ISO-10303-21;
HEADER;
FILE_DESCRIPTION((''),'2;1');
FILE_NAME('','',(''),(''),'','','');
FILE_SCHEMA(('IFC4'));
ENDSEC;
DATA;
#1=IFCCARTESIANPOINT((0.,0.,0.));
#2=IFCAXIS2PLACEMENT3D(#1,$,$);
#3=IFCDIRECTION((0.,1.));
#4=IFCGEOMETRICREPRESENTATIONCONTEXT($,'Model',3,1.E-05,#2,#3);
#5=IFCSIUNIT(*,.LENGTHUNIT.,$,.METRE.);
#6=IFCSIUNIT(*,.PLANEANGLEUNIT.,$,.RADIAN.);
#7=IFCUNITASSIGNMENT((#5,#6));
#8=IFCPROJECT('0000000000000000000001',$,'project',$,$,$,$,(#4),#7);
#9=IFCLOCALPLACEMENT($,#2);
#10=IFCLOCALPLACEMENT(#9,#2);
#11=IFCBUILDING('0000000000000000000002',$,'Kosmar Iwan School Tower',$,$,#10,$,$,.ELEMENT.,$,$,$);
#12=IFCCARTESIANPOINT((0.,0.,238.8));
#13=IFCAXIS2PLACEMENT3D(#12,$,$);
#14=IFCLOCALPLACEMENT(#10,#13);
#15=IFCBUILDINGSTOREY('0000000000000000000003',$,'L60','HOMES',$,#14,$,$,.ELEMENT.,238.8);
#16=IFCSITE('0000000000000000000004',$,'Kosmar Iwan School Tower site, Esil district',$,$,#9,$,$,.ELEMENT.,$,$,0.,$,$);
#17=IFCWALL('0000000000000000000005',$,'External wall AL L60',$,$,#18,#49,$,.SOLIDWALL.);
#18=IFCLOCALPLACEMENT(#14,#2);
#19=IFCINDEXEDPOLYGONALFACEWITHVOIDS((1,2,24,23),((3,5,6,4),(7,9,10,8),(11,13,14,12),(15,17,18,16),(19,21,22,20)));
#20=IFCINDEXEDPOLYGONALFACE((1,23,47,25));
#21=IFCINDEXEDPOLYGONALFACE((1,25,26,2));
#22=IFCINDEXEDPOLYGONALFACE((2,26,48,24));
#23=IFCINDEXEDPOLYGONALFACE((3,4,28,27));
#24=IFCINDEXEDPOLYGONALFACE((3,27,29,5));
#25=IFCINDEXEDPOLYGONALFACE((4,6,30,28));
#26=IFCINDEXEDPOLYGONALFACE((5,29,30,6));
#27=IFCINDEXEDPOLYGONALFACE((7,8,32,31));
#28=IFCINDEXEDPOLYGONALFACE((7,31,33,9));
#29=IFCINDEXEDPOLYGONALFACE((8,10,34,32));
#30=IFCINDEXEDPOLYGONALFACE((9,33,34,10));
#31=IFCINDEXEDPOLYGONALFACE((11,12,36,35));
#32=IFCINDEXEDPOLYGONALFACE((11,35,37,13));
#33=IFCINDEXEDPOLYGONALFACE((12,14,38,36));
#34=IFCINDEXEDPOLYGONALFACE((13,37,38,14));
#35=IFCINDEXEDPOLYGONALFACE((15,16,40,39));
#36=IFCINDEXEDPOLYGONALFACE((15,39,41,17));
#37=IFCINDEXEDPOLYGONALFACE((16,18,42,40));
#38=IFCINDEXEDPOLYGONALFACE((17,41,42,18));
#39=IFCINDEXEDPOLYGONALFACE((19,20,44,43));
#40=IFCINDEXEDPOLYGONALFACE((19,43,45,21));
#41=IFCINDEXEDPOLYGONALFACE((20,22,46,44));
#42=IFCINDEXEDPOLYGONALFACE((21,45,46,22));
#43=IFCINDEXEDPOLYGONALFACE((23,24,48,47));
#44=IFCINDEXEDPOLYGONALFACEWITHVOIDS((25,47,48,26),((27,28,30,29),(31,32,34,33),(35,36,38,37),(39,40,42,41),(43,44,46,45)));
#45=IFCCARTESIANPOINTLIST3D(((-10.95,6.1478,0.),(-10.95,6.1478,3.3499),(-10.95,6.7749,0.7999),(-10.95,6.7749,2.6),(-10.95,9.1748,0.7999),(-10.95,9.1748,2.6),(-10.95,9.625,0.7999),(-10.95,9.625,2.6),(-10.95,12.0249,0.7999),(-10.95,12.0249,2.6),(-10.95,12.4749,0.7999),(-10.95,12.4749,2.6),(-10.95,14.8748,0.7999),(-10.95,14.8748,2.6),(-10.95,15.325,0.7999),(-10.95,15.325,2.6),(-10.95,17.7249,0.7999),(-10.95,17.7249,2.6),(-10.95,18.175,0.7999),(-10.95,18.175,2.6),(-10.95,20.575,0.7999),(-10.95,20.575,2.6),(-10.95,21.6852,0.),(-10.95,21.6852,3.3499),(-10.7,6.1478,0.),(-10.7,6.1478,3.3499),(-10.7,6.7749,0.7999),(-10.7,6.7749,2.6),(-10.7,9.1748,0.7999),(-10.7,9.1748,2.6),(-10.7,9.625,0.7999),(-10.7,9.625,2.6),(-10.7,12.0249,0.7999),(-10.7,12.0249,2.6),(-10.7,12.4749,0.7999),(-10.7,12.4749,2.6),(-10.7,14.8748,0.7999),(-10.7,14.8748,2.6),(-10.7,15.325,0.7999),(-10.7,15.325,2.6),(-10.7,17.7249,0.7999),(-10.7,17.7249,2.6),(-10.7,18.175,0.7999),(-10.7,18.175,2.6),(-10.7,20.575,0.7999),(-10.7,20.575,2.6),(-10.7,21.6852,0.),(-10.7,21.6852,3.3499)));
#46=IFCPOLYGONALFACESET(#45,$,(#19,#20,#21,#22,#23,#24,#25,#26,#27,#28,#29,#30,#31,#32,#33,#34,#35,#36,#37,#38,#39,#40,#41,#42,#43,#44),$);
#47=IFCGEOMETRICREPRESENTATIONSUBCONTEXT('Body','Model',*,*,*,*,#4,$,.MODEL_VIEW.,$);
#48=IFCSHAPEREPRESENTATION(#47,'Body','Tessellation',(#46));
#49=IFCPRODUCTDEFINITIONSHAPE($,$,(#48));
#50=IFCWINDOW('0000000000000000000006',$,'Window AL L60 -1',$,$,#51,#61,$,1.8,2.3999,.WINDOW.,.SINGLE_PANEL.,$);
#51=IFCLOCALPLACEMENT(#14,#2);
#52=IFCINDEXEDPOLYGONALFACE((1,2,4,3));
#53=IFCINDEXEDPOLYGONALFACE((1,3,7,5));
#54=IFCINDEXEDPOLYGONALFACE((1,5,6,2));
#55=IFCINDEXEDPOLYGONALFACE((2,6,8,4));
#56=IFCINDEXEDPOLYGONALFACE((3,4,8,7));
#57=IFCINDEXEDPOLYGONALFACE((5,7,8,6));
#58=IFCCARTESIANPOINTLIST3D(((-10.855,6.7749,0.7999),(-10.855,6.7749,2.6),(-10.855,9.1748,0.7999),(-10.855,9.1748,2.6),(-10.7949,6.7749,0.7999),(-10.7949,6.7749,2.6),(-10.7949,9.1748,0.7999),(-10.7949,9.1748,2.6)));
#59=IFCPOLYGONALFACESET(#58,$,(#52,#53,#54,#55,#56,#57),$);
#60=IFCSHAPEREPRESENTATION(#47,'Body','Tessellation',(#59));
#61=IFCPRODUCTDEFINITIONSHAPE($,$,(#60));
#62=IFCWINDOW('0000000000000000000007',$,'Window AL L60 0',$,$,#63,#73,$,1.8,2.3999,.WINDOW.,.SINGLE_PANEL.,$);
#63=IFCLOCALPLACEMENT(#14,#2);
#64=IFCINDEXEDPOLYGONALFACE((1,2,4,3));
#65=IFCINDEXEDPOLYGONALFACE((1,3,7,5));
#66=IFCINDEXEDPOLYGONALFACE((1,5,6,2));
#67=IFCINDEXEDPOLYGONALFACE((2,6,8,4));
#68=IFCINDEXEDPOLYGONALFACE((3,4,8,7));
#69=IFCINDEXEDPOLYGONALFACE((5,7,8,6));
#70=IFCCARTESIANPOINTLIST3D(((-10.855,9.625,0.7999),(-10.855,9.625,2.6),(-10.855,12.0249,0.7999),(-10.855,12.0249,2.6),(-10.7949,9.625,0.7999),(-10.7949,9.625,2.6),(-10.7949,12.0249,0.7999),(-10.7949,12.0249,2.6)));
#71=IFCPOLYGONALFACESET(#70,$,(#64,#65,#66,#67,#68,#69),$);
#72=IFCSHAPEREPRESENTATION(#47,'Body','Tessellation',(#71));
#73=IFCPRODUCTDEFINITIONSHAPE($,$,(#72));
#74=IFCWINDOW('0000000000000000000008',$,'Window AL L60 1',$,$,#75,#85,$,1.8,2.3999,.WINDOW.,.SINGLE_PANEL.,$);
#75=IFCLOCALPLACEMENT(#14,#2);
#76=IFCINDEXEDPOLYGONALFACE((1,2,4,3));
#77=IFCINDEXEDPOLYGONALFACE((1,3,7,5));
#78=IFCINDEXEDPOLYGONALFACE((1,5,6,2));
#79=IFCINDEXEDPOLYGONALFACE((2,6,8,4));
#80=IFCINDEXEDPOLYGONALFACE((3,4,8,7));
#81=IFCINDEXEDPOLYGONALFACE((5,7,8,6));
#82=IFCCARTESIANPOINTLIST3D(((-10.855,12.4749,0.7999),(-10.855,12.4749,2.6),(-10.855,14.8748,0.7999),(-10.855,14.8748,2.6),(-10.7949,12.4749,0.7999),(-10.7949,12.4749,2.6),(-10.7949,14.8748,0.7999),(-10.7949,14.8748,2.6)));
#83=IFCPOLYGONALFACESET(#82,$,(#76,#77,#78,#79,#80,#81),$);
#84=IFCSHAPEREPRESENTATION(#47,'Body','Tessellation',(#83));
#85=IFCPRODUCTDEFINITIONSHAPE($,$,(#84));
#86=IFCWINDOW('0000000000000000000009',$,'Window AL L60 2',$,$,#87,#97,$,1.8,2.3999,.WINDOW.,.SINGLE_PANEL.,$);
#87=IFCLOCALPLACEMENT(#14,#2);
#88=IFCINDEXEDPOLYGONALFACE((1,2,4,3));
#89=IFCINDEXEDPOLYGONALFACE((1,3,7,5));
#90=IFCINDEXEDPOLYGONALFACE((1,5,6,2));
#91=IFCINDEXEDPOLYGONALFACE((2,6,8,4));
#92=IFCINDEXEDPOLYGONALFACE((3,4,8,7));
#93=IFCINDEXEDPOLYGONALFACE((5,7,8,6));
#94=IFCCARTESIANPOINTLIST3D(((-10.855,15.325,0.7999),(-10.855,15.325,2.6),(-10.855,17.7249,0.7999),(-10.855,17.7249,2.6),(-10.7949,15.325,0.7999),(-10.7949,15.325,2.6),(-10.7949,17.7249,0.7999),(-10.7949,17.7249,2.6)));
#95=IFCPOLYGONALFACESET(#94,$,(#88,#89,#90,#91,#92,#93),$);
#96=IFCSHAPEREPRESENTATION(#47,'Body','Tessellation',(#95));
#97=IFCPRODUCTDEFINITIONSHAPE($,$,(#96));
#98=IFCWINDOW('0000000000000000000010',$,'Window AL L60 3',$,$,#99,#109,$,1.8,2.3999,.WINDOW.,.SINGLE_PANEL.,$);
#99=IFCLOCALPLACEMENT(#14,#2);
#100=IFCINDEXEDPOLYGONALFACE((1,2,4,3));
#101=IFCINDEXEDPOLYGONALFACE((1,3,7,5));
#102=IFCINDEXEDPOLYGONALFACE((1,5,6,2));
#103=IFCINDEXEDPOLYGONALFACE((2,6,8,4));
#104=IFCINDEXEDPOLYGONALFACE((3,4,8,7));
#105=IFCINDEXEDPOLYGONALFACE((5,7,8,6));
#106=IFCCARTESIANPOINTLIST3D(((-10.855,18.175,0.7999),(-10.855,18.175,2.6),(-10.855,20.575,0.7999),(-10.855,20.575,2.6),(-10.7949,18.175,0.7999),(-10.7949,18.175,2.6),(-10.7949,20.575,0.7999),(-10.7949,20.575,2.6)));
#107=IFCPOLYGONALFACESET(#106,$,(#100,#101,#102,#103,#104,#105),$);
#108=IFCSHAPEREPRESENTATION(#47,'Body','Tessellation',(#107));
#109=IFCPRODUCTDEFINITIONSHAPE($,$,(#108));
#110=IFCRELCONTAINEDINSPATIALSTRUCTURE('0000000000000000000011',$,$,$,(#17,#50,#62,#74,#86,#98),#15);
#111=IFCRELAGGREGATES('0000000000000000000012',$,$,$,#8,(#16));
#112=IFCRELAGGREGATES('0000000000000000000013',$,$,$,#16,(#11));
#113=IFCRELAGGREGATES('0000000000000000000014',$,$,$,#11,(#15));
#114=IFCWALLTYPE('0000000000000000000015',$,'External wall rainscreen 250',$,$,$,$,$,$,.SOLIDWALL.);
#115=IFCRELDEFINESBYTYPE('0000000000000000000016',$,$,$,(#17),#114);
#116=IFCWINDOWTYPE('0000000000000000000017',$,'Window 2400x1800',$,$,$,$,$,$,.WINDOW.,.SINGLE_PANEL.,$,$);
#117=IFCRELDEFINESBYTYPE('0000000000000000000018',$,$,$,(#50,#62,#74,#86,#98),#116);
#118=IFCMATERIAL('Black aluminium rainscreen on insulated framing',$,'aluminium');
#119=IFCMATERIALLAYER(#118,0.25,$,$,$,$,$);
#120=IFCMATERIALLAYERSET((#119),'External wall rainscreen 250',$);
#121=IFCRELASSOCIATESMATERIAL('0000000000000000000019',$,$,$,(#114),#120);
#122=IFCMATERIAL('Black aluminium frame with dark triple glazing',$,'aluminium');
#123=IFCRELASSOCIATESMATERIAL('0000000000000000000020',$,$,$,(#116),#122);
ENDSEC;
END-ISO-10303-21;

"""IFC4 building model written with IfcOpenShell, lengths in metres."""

from ifc_helpers import new_model, si_unit, direction, frame, frame_2d, origin, place, context, subcontext, project, spatial, rectangle, extrude, material, layer, layer_set, type_object, element, fill, save


model = new_model("IFC4")

# Units and contexts
model_context = context("Model", 3, precision=1e-05, world=origin(), true_north=direction((0.0, 1.0)))
body_context = subcontext(model_context, "Body", "Model", "MODEL_VIEW")
ifc_project = project(units=[si_unit("LENGTHUNIT", "METRE"), si_unit("PLANEANGLEUNIT", "RADIAN")], contexts=[model_context])

# Site, building, storey
site_placement = place(None, origin())
site = spatial("IfcSite", under=ifc_project, at=site_placement, Name="Kosmar Iwan School Tower site, Esil district", CompositionType="ELEMENT", RefElevation=0.0)
building_placement = place(site_placement, origin())
building = spatial("IfcBuilding", under=site, at=building_placement, Name="Kosmar Iwan School Tower", CompositionType="ELEMENT")
storey_placement = place(building_placement, frame((0.0, 0.0, 238.8)))
storey = spatial("IfcBuildingStorey", under=building, at=storey_placement, Name="L60", Description="HOMES", CompositionType="ELEMENT", Elevation=238.8)

# Wall, openings, windows
ifc_material_1 = material(Name="Black aluminium rainscreen on insulated framing", Category="aluminium")
ifc_layer_1 = layer(ifc_material_1, 0.25)
ifc_layer_set_1 = layer_set([ifc_layer_1], Name="External wall rainscreen 250")
wall_type_1 = type_object("IfcWallType", Name="External wall rainscreen 250", PredefinedType="SOLIDWALL", material=ifc_layer_set_1)
wall_1_placement = place(storey_placement, frame((-10.825, 6.1479, 0.0), z_axis=(0.0, 0.0, 1.0), x_axis=(0.0, 1.0, 0.0)))
wall_1 = element("IfcWall", 1, at=wall_1_placement, inside=storey, type_object=wall_type_1, Name="External wall AL L60", PredefinedType="SOLIDWALL", context=body_context, shape_type="SweptSolid", body=[
    extrude(rectangle(XDim=15.5374, YDim=0.25, at=frame_2d((7.7686, 0.0))), origin(), (0.0, 0.0, 1.0), 3.3499),
])
opening_1_placement = place(wall_1_placement, frame((0.627, 0.0, 0.8)))
opening_1 = element("IfcOpeningElement", 2, at=opening_1_placement, cuts=wall_1, PredefinedType="OPENING", context=body_context, shape_type="SweptSolid", body=[
    extrude(rectangle(XDim=2.3999, YDim=1.8, at=frame_2d((1.2, 0.8999))), frame((0.0, 0.137, 0.0), z_axis=(0.0, -1.0, 0.0), x_axis=(1.0, 0.0, 0.0)), (0.0, 0.0, 1.0), 0.2739),
])
opening_2_placement = place(wall_1_placement, frame((3.4771, 0.0, 0.8)))
opening_2 = element("IfcOpeningElement", 3, at=opening_2_placement, cuts=wall_1, PredefinedType="OPENING", context=body_context, shape_type="SweptSolid", body=[
    extrude(rectangle(XDim=2.3999, YDim=1.8, at=frame_2d((1.2, 0.8999))), frame((0.0, 0.137, 0.0), z_axis=(0.0, -1.0, 0.0), x_axis=(1.0, 0.0, 0.0)), (0.0, 0.0, 1.0), 0.2739),
])
opening_3_placement = place(wall_1_placement, frame((6.3269, 0.0, 0.8)))
opening_3 = element("IfcOpeningElement", 4, at=opening_3_placement, cuts=wall_1, PredefinedType="OPENING", context=body_context, shape_type="SweptSolid", body=[
    extrude(rectangle(XDim=2.3999, YDim=1.8, at=frame_2d((1.2, 0.8999))), frame((0.0, 0.137, 0.0), z_axis=(0.0, -1.0, 0.0), x_axis=(1.0, 0.0, 0.0)), (0.0, 0.0, 1.0), 0.2739),
])
opening_4_placement = place(wall_1_placement, frame((9.177, 0.0, 0.8)))
opening_4 = element("IfcOpeningElement", 5, at=opening_4_placement, cuts=wall_1, PredefinedType="OPENING", context=body_context, shape_type="SweptSolid", body=[
    extrude(rectangle(XDim=2.3999, YDim=1.8, at=frame_2d((1.2, 0.8999))), frame((0.0, 0.137, 0.0), z_axis=(0.0, -1.0, 0.0), x_axis=(1.0, 0.0, 0.0)), (0.0, 0.0, 1.0), 0.2739),
])
opening_5_placement = place(wall_1_placement, frame((12.0271, 0.0, 0.8)))
opening_5 = element("IfcOpeningElement", 6, at=opening_5_placement, cuts=wall_1, PredefinedType="OPENING", context=body_context, shape_type="SweptSolid", body=[
    extrude(rectangle(XDim=2.3999, YDim=1.8, at=frame_2d((1.2, 0.8999))), frame((0.0, 0.137, 0.0), z_axis=(0.0, -1.0, 0.0), x_axis=(1.0, 0.0, 0.0)), (0.0, 0.0, 1.0), 0.2739),
])
ifc_material_2 = material(Name="Black aluminium frame with dark triple glazing", Category="aluminium")
window_type = type_object("IfcWindowType", Name="Window 2400x1800", PartitioningType="SINGLE_PANEL", PredefinedType="WINDOW", material=ifc_material_2)
window_1_placement = place(opening_1_placement, origin())
window_1 = element("IfcWindow", 7, at=window_1_placement, inside=storey, type_object=window_type, Name="Window AL L60 -1", OverallHeight=1.8, OverallWidth=2.3999, PartitioningType="SINGLE_PANEL", PredefinedType="WINDOW", context=body_context, shape_type="SweptSolid", body=[
    extrude(rectangle(XDim=2.3999, YDim=1.8, at=frame_2d((1.2, 0.8999))), frame((0.0, 0.03, 0.0), z_axis=(0.0, -1.0, 0.0), x_axis=(1.0, 0.0, 0.0)), (0.0, 0.0, 1.0), 0.0601),
])
fill(opening_1, window_1)
window_2_placement = place(opening_2_placement, origin())
window_2 = element("IfcWindow", 8, at=window_2_placement, inside=storey, type_object=window_type, Name="Window AL L60 0", OverallHeight=1.8, OverallWidth=2.3999, PartitioningType="SINGLE_PANEL", PredefinedType="WINDOW", context=body_context, shape_type="SweptSolid", body=[
    extrude(rectangle(XDim=2.3999, YDim=1.8, at=frame_2d((1.2, 0.8999))), frame((0.0, 0.03, 0.0), z_axis=(0.0, -1.0, 0.0), x_axis=(1.0, 0.0, 0.0)), (0.0, 0.0, 1.0), 0.0601),
])
fill(opening_2, window_2)
window_3_placement = place(opening_3_placement, origin())
window_3 = element("IfcWindow", 9, at=window_3_placement, inside=storey, type_object=window_type, Name="Window AL L60 1", OverallHeight=1.8, OverallWidth=2.3999, PartitioningType="SINGLE_PANEL", PredefinedType="WINDOW", context=body_context, shape_type="SweptSolid", body=[
    extrude(rectangle(XDim=2.3999, YDim=1.8, at=frame_2d((1.2, 0.8999))), frame((0.0, 0.03, 0.0), z_axis=(0.0, -1.0, 0.0), x_axis=(1.0, 0.0, 0.0)), (0.0, 0.0, 1.0), 0.0601),
])
fill(opening_3, window_3)
window_4_placement = place(opening_4_placement, origin())
window_4 = element("IfcWindow", 10, at=window_4_placement, inside=storey, type_object=window_type, Name="Window AL L60 2", OverallHeight=1.8, OverallWidth=2.3999, PartitioningType="SINGLE_PANEL", PredefinedType="WINDOW", context=body_context, shape_type="SweptSolid", body=[
    extrude(rectangle(XDim=2.3999, YDim=1.8, at=frame_2d((1.2, 0.8999))), frame((0.0, 0.03, 0.0), z_axis=(0.0, -1.0, 0.0), x_axis=(1.0, 0.0, 0.0)), (0.0, 0.0, 1.0), 0.0601),
])
fill(opening_4, window_4)
window_5_placement = place(opening_5_placement, origin())
window_5 = element("IfcWindow", 11, at=window_5_placement, inside=storey, type_object=window_type, Name="Window AL L60 3", OverallHeight=1.8, OverallWidth=2.3999, PartitioningType="SINGLE_PANEL", PredefinedType="WINDOW", context=body_context, shape_type="SweptSolid", body=[
    extrude(rectangle(XDim=2.3999, YDim=1.8, at=frame_2d((1.2, 0.8999))), frame((0.0, 0.03, 0.0), z_axis=(0.0, -1.0, 0.0), x_axis=(1.0, 0.0, 0.0)), (0.0, 0.0, 1.0), 0.0601),
])
fill(opening_5, window_5)

save(model, "model.ifc")
